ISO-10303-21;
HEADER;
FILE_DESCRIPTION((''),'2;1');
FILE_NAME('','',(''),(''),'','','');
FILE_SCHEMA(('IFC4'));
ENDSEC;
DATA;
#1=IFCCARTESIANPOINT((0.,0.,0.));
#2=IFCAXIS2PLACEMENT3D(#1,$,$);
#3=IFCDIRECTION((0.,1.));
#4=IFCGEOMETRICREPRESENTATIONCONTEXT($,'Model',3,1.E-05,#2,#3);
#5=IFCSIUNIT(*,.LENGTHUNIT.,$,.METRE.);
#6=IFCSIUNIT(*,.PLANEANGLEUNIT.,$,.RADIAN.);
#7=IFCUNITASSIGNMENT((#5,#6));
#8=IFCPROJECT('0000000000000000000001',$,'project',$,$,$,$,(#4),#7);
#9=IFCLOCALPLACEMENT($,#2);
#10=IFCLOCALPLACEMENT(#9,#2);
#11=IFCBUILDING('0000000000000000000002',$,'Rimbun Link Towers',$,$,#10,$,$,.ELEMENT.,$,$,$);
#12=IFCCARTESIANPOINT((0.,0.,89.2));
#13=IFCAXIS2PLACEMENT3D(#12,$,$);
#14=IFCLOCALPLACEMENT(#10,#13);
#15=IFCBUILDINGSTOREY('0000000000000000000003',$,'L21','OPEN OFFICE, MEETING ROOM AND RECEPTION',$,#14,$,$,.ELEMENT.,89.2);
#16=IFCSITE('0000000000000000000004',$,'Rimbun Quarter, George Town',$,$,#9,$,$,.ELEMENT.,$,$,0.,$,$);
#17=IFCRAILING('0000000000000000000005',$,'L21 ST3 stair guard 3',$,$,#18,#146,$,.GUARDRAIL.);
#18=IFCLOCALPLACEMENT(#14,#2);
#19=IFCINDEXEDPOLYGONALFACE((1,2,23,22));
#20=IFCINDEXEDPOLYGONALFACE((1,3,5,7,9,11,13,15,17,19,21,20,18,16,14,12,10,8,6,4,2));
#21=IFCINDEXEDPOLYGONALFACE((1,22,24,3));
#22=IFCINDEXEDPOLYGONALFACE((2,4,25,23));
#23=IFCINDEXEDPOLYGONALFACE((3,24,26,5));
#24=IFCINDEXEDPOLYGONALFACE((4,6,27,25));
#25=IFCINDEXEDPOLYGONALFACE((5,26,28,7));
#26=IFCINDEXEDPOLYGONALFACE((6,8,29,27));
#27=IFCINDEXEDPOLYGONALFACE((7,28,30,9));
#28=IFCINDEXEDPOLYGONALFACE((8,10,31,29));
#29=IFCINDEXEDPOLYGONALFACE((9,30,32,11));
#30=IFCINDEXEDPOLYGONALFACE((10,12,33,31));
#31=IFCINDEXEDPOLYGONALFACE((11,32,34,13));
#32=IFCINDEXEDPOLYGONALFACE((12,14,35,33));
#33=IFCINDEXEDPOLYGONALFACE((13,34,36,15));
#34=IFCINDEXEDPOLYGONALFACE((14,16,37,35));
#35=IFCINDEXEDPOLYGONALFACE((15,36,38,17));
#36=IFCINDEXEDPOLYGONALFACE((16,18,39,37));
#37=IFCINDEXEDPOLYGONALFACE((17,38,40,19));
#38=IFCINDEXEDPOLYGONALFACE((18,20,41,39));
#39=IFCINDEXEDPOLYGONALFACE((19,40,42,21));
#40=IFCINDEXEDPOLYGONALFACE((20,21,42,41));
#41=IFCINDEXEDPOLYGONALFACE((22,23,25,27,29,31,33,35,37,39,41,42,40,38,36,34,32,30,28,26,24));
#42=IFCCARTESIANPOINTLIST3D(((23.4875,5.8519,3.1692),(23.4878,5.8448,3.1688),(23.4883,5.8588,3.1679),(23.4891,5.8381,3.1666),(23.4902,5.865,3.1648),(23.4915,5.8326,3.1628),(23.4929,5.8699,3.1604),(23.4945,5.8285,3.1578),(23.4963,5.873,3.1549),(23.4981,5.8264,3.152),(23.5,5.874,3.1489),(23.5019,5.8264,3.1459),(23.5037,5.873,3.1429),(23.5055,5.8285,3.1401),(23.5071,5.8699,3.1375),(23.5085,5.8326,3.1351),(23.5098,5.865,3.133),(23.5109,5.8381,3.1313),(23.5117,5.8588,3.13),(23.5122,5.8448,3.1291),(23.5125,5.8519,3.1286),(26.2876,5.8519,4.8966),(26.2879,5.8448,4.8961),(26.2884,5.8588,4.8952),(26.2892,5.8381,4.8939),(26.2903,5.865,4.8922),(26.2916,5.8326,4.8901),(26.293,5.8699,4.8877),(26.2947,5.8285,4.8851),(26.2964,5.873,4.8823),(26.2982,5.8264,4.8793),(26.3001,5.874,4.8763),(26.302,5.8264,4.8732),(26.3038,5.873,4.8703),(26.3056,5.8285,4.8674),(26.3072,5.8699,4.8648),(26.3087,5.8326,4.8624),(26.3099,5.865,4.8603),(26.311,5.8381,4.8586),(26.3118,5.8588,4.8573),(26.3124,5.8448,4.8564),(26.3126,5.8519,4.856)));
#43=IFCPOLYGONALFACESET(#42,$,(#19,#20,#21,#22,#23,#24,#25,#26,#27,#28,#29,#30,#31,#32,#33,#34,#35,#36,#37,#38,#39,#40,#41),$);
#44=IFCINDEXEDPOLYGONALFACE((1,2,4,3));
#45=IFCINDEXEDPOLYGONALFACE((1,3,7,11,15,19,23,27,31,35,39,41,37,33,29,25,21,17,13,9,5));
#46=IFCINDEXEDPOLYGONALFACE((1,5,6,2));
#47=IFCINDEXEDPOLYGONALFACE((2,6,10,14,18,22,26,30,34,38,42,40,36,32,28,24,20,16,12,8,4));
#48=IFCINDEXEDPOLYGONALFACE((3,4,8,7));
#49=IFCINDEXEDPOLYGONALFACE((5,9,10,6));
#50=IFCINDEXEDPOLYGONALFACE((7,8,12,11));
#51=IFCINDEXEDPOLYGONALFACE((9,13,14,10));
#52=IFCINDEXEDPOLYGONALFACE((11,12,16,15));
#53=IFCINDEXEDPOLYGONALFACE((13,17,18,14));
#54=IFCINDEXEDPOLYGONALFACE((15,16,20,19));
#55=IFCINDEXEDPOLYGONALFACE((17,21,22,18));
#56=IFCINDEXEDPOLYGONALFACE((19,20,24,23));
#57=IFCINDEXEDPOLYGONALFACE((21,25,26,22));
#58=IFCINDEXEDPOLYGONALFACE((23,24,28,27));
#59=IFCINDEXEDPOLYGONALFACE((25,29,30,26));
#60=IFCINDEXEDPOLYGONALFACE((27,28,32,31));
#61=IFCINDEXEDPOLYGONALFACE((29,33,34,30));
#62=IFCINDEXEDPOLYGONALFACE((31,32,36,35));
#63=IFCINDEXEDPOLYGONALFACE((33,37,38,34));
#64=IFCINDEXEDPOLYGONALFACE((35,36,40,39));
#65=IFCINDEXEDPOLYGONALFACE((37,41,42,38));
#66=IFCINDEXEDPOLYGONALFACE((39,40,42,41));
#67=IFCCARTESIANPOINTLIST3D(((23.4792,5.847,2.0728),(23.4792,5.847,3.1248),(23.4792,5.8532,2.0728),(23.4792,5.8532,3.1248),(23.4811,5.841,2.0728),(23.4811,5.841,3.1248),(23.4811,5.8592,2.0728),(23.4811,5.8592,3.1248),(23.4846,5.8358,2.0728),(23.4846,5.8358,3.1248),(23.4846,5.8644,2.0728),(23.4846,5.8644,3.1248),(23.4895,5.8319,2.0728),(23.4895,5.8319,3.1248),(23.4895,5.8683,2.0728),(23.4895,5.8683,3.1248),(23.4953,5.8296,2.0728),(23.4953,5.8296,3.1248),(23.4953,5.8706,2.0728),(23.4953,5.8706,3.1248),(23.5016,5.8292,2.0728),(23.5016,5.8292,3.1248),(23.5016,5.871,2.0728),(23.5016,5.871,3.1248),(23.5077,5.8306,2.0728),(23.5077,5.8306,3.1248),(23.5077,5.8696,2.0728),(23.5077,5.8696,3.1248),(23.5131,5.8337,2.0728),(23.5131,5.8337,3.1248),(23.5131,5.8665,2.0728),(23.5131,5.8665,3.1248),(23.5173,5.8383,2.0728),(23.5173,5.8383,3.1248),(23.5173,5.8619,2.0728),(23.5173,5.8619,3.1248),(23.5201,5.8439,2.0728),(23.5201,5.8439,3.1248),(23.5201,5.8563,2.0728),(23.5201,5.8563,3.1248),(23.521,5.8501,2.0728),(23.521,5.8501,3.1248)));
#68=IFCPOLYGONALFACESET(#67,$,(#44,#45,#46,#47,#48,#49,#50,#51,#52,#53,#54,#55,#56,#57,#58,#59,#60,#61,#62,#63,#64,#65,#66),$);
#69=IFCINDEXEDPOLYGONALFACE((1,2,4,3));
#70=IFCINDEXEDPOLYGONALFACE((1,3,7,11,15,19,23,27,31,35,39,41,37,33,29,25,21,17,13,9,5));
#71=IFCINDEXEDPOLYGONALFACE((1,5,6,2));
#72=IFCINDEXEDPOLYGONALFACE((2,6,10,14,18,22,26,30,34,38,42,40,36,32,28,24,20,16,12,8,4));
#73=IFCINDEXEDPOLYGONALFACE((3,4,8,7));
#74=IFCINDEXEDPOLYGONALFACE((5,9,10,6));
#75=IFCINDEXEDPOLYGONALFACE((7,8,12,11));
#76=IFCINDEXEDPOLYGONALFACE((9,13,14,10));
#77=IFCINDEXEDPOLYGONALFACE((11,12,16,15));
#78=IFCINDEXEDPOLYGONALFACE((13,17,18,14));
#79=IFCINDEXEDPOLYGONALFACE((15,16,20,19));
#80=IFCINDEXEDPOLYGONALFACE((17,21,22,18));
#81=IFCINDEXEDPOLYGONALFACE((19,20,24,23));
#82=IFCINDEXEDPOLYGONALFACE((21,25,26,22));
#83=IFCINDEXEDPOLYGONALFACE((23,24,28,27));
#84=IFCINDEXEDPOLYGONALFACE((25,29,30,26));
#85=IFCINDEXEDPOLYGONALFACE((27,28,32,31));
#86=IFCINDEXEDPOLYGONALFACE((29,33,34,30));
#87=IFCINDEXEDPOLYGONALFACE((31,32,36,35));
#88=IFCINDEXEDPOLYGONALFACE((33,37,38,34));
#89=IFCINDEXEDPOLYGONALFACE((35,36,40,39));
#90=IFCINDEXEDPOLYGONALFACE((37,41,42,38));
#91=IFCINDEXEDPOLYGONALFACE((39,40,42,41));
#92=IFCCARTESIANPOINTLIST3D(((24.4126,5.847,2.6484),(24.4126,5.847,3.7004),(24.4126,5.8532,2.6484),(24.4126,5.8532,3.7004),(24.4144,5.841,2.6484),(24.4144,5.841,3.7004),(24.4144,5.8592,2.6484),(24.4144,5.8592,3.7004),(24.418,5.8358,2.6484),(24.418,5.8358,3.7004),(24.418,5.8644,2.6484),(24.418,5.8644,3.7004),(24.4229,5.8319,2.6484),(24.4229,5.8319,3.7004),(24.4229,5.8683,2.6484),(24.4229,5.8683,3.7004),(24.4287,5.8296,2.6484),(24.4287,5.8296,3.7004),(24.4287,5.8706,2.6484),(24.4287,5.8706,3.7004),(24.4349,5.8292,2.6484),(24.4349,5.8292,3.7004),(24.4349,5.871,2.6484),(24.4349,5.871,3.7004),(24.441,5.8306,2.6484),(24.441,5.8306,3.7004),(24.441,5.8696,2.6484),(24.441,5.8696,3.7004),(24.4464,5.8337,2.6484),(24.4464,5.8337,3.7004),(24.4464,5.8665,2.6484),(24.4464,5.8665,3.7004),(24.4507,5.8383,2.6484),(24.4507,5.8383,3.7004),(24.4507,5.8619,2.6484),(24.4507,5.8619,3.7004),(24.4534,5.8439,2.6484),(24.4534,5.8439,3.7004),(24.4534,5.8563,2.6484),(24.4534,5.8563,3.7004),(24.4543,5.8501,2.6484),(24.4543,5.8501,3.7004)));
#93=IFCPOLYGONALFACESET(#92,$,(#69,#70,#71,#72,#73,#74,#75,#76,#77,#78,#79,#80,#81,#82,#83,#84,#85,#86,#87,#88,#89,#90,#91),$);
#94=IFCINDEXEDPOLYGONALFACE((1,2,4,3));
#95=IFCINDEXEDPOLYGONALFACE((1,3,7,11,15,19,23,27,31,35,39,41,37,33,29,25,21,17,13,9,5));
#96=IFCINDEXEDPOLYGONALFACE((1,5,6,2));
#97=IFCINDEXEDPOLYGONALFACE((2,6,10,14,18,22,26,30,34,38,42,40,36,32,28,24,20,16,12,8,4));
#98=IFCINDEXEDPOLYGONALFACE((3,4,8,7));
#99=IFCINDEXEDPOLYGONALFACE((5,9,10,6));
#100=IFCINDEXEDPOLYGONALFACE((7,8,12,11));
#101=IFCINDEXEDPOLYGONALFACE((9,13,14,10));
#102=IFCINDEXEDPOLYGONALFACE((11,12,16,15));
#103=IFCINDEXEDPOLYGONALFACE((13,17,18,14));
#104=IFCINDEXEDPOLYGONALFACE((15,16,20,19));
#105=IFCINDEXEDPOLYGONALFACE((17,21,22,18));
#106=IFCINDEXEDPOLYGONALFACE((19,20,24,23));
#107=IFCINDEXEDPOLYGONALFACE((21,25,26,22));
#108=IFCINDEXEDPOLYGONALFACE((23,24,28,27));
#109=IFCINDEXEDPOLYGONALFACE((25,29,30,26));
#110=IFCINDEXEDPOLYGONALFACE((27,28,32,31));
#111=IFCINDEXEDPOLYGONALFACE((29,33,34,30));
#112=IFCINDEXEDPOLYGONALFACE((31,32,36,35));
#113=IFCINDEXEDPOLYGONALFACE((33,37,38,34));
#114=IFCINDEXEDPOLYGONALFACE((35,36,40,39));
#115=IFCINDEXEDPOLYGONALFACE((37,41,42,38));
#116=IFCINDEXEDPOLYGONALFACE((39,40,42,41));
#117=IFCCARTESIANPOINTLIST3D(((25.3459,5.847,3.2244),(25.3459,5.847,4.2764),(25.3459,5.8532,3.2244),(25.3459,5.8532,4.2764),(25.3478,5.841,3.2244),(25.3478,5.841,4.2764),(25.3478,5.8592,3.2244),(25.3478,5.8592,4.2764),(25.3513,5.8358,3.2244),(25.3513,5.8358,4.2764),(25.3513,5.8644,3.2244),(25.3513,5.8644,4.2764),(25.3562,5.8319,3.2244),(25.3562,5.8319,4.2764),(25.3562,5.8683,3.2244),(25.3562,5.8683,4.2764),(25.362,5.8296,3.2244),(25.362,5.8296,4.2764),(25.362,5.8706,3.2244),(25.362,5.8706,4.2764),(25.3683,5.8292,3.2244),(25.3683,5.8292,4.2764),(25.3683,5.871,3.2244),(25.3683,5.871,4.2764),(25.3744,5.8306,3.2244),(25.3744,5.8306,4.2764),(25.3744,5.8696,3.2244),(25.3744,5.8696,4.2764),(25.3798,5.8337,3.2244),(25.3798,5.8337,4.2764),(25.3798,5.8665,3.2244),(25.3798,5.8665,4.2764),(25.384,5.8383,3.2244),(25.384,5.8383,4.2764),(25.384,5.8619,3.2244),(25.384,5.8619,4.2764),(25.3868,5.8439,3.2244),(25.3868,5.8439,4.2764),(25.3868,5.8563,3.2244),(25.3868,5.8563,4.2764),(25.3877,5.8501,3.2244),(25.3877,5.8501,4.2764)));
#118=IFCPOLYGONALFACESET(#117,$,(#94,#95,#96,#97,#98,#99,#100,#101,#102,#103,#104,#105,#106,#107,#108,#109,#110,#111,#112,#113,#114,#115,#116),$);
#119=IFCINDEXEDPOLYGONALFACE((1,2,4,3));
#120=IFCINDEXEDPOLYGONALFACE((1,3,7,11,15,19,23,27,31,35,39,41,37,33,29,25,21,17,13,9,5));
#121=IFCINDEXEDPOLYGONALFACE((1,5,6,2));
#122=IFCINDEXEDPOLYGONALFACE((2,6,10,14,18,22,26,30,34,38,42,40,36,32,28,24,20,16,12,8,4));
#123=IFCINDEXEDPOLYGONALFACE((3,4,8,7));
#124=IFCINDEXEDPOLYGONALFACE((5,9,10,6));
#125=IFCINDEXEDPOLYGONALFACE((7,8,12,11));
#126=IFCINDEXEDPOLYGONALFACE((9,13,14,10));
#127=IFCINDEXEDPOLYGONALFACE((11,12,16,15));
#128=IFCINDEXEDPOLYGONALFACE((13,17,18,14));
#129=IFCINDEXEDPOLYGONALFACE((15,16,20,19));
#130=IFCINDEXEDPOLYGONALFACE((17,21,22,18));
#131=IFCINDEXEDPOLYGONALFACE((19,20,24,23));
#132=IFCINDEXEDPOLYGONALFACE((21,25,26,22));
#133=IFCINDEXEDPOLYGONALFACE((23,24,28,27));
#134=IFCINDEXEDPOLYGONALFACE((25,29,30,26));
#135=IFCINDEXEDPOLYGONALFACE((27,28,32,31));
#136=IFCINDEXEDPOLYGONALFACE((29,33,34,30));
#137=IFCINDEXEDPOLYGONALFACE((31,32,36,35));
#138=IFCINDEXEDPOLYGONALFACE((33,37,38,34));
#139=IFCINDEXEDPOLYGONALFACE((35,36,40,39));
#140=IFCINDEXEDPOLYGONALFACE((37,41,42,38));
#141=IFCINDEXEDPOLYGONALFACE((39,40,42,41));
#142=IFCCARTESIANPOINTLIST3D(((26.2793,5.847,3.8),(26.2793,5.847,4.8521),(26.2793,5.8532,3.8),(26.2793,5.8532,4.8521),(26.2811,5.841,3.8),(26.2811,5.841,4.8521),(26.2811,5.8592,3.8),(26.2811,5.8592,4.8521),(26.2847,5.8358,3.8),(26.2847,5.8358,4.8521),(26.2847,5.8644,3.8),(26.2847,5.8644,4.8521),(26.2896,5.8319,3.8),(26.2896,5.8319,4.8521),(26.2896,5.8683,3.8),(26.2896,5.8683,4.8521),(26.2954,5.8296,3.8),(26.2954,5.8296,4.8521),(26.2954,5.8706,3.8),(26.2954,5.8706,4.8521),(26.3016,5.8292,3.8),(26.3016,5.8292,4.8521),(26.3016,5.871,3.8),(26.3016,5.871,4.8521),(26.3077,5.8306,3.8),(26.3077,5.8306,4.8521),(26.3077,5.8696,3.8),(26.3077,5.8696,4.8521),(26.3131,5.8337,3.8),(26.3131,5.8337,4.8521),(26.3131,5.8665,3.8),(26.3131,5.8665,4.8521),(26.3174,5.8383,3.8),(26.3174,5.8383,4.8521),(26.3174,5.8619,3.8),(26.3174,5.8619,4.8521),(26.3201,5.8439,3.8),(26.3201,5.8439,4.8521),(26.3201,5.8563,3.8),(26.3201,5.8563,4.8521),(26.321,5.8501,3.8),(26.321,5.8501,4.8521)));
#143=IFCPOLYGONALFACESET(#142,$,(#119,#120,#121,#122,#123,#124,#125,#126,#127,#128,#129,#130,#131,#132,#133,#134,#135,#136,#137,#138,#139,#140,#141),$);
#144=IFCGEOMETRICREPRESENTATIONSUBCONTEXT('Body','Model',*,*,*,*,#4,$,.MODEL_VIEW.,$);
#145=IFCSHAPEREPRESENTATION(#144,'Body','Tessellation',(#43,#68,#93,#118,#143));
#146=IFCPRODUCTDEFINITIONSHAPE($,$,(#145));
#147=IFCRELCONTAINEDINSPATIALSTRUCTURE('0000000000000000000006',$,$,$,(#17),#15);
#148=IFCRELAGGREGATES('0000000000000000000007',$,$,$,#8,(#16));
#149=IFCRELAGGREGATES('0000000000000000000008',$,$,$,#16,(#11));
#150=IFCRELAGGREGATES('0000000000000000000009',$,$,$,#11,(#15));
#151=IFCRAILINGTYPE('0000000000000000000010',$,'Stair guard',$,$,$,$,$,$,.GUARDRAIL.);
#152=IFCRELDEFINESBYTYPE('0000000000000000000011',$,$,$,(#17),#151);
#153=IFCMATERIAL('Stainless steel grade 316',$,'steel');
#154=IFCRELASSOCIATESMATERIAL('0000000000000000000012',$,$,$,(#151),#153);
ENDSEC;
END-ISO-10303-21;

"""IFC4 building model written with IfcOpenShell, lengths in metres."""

from ifc_helpers import new_model, si_unit, direction, frame, origin, origin_2d, place, context, subcontext, project, spatial, circle, extrude, material, type_object, element, save


model = new_model("IFC4")

# Units and contexts
model_context = context("Model", 3, precision=1e-05, world=origin(), true_north=direction((0.0, 1.0)))
body_context = subcontext(model_context, "Body", "Model", "MODEL_VIEW")
ifc_project = project(units=[si_unit("LENGTHUNIT", "METRE"), si_unit("PLANEANGLEUNIT", "RADIAN")], contexts=[model_context])

# Site, building, storey
site_placement = place(None, origin())
site = spatial("IfcSite", under=ifc_project, at=site_placement, Name="Rimbun Quarter, George Town", CompositionType="ELEMENT", RefElevation=0.0)
building_placement = place(site_placement, origin())
building = spatial("IfcBuilding", under=site, at=building_placement, Name="Rimbun Link Towers", CompositionType="ELEMENT")
storey_placement = place(building_placement, frame((0.0, 0.0, 89.2)))
storey = spatial("IfcBuildingStorey", under=building, at=storey_placement, Name="L21", Description="OPEN OFFICE, MEETING ROOM AND RECEPTION", CompositionType="ELEMENT", Elevation=89.2)

# Railing
ifc_material_1 = material(Name="Stainless steel grade 316", Category="steel")
railing_type = type_object("IfcRailingType", Name="Stair guard", PredefinedType="GUARDRAIL", material=ifc_material_1)
railing_1_placement = place(storey_placement, frame((23.5, 5.8501, 2.0728)))
element("IfcRailing", 1, at=railing_1_placement, inside=storey, type_object=railing_type, Name="L21 ST3 stair guard 3", PredefinedType="GUARDRAIL", context=body_context, shape_type="SweptSolid", body=[
    extrude(circle(Radius=0.0239, at=origin_2d()), frame((0.0, 0.0, 1.0762), z_axis=(0.85109, 0.0, 0.52502), x_axis=(0.0, 1.0, 0.0)), (0.0, 0.0, 1.0), 3.29),
    extrude(circle(Radius=0.021, at=origin_2d()), origin(), (0.0, 0.0, 1.0), 1.052),
    extrude(circle(Radius=0.021, at=origin_2d()), frame((0.9333, 0.0, 0.5757)), (0.0, 0.0, 1.0), 1.052),
    extrude(circle(Radius=0.021, at=origin_2d()), frame((1.8667, 0.0, 1.1516)), (0.0, 0.0, 1.0), 1.052),
    extrude(circle(Radius=0.021, at=origin_2d()), frame((2.8, 0.0, 1.7273)), (0.0, 0.0, 1.0), 1.052),
])

save(model, "model.ifc")
